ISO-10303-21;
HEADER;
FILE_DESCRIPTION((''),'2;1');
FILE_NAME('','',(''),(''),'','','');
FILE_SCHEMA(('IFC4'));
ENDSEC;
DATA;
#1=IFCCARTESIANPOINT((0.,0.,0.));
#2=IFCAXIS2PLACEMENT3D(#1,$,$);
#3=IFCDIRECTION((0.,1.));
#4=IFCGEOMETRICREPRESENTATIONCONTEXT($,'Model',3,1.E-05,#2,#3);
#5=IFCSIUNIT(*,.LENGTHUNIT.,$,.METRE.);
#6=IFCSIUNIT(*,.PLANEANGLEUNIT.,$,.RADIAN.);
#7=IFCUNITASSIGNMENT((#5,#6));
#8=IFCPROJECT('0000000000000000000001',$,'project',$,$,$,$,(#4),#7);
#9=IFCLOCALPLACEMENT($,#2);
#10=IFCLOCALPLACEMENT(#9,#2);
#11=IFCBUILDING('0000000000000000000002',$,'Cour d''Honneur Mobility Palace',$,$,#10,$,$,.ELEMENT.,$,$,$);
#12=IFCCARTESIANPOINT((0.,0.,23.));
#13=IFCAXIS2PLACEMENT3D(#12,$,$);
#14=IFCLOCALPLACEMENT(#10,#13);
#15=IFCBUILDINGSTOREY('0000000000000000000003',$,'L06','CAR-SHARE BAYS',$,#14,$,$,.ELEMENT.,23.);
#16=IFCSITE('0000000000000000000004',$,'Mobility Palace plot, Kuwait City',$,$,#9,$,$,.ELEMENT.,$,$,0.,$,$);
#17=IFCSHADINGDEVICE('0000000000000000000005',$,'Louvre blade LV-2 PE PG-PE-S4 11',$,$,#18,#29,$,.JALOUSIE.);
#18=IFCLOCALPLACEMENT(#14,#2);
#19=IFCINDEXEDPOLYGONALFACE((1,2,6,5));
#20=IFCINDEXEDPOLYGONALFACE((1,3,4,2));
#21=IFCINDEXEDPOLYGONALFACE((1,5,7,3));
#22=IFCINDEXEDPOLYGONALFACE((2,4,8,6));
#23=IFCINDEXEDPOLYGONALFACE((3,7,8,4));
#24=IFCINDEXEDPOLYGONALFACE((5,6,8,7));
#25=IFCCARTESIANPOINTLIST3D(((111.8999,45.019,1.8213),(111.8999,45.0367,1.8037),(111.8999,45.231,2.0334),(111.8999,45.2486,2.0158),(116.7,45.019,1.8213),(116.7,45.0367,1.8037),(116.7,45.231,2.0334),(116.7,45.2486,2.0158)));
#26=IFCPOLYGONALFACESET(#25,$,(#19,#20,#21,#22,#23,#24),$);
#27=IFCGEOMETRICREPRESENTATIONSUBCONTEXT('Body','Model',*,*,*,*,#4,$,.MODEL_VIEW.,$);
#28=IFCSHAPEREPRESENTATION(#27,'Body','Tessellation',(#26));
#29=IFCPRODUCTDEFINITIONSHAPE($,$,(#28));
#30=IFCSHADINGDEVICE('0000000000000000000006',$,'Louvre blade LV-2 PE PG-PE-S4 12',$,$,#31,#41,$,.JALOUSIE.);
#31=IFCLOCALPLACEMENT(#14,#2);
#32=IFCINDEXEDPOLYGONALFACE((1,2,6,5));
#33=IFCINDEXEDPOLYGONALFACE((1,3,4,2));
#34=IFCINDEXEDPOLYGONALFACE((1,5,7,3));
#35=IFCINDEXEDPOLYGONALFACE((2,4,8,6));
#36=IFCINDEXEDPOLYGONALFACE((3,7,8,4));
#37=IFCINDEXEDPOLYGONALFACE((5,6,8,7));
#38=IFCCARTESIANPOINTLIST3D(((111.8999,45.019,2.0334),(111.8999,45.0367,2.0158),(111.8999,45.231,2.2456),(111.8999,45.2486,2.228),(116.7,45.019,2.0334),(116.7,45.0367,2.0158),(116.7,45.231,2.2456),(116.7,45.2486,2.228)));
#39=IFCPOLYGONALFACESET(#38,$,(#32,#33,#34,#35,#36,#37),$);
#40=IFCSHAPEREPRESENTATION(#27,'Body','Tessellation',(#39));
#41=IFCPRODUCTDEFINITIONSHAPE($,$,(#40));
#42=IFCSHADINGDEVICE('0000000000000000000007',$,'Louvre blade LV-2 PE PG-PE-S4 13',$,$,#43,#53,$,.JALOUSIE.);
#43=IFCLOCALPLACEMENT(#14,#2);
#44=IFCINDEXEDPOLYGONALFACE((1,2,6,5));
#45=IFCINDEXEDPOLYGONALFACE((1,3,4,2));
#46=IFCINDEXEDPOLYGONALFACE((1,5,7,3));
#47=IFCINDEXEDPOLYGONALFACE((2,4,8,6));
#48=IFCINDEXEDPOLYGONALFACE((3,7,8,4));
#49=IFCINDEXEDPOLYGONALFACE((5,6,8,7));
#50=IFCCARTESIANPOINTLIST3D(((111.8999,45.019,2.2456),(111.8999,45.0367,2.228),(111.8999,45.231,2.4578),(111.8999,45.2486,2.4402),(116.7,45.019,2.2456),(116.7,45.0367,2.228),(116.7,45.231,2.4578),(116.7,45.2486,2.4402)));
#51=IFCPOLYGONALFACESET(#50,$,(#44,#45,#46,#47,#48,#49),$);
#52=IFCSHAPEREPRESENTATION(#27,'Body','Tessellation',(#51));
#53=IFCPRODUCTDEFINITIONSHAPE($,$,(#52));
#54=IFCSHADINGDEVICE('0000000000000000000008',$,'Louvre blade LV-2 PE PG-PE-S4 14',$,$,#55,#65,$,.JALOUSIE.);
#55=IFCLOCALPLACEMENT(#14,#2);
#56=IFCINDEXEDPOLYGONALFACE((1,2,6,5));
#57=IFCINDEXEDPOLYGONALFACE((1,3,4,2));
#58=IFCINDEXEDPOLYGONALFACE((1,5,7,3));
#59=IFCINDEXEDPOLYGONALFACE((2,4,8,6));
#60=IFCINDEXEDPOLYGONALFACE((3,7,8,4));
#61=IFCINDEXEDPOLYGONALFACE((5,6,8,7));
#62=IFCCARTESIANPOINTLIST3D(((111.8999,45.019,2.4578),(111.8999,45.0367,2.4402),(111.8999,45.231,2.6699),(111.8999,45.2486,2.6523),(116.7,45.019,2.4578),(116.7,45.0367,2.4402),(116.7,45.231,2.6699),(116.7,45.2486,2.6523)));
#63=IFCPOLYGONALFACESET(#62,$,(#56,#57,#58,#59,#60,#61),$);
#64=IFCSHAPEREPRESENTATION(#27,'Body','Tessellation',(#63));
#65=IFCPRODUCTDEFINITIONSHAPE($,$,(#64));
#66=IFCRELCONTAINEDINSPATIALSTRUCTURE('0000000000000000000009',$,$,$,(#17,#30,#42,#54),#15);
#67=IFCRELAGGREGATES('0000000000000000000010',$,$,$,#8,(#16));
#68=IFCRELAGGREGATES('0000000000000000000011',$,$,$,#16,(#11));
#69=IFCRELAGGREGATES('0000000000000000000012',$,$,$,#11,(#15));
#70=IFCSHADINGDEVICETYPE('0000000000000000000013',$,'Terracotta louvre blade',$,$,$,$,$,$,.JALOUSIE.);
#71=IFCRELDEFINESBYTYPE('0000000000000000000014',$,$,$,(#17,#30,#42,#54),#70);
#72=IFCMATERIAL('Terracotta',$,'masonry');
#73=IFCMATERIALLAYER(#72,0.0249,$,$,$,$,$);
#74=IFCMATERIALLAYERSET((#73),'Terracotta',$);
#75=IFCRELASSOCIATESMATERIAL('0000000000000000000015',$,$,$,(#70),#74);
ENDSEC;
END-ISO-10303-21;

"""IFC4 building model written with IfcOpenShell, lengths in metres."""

from ifc_helpers import new_model, si_unit, direction, frame, origin, place, context, subcontext, project, spatial, polyline, outline, extrude, material, layer, layer_set, type_object, element, save


model = new_model("IFC4")

# Units and contexts
model_context = context("Model", 3, precision=1e-05, world=origin(), true_north=direction((0.0, 1.0)))
body_context = subcontext(model_context, "Body", "Model", "MODEL_VIEW")
ifc_project = project(units=[si_unit("LENGTHUNIT", "METRE"), si_unit("PLANEANGLEUNIT", "RADIAN")], contexts=[model_context])

# Site, building, storey
site_placement = place(None, origin())
site = spatial("IfcSite", under=ifc_project, at=site_placement, Name="Mobility Palace plot, Kuwait City", CompositionType="ELEMENT", RefElevation=0.0)
building_placement = place(site_placement, origin())
building = spatial("IfcBuilding", under=site, at=building_placement, Name="Cour d'Honneur Mobility Palace", CompositionType="ELEMENT")
storey_placement = place(building_placement, frame((0.0, 0.0, 23.0)))
storey = spatial("IfcBuildingStorey", under=building, at=storey_placement, Name="L06", Description="CAR-SHARE BAYS", CompositionType="ELEMENT", Elevation=23.0)

# Shading devices
ifc_material = material(Name="Terracotta", Category="masonry")
ifc_layer = layer(ifc_material, 0.0249)
ifc_layer_set = layer_set([ifc_layer], Name="Terracotta")
shading_device_type = type_object("IfcShadingDeviceType", Name="Terracotta louvre blade", PredefinedType="JALOUSIE", material=ifc_layer_set)
for number, where, z_axis, x_axis, name in (
    (1, (111.8999, 45.019, 1.8213), (0.0, -0.707514, 0.7067), (1.0, 0.0, 0.0), "Louvre blade LV-2 PE PG-PE-S4 11"),
    (2, (111.8999, 45.019, 2.0334), (0.0, -0.707514, 0.7067), (1.0, 0.0, 0.0), "Louvre blade LV-2 PE PG-PE-S4 12"),
    (3, (111.8999, 45.019, 2.2456), (0.0, -0.707514, 0.7067), (1.0, 0.0, 0.0), "Louvre blade LV-2 PE PG-PE-S4 13"),
    (4, (111.8999, 45.019, 2.4578), (0.0, -0.707514, 0.7067), (1.0, 0.0, 0.0), "Louvre blade LV-2 PE PG-PE-S4 14"),
):
    element("IfcShadingDevice", number, at=place(storey_placement, frame(where, z_axis=z_axis, x_axis=x_axis)), inside=storey, type_object=shading_device_type, Name=name, PredefinedType="JALOUSIE", context=body_context, shape_type="SweptSolid", body=[
        extrude(outline(polyline([(0.0, 0.0), (4.8, 0.0), (4.8, 0.2999), (0.0, 0.2999), (0.0, 0.0)])), origin(), (0.0, 0.0, -1.0), 0.0249),
    ])

save(model, "model.ifc")
